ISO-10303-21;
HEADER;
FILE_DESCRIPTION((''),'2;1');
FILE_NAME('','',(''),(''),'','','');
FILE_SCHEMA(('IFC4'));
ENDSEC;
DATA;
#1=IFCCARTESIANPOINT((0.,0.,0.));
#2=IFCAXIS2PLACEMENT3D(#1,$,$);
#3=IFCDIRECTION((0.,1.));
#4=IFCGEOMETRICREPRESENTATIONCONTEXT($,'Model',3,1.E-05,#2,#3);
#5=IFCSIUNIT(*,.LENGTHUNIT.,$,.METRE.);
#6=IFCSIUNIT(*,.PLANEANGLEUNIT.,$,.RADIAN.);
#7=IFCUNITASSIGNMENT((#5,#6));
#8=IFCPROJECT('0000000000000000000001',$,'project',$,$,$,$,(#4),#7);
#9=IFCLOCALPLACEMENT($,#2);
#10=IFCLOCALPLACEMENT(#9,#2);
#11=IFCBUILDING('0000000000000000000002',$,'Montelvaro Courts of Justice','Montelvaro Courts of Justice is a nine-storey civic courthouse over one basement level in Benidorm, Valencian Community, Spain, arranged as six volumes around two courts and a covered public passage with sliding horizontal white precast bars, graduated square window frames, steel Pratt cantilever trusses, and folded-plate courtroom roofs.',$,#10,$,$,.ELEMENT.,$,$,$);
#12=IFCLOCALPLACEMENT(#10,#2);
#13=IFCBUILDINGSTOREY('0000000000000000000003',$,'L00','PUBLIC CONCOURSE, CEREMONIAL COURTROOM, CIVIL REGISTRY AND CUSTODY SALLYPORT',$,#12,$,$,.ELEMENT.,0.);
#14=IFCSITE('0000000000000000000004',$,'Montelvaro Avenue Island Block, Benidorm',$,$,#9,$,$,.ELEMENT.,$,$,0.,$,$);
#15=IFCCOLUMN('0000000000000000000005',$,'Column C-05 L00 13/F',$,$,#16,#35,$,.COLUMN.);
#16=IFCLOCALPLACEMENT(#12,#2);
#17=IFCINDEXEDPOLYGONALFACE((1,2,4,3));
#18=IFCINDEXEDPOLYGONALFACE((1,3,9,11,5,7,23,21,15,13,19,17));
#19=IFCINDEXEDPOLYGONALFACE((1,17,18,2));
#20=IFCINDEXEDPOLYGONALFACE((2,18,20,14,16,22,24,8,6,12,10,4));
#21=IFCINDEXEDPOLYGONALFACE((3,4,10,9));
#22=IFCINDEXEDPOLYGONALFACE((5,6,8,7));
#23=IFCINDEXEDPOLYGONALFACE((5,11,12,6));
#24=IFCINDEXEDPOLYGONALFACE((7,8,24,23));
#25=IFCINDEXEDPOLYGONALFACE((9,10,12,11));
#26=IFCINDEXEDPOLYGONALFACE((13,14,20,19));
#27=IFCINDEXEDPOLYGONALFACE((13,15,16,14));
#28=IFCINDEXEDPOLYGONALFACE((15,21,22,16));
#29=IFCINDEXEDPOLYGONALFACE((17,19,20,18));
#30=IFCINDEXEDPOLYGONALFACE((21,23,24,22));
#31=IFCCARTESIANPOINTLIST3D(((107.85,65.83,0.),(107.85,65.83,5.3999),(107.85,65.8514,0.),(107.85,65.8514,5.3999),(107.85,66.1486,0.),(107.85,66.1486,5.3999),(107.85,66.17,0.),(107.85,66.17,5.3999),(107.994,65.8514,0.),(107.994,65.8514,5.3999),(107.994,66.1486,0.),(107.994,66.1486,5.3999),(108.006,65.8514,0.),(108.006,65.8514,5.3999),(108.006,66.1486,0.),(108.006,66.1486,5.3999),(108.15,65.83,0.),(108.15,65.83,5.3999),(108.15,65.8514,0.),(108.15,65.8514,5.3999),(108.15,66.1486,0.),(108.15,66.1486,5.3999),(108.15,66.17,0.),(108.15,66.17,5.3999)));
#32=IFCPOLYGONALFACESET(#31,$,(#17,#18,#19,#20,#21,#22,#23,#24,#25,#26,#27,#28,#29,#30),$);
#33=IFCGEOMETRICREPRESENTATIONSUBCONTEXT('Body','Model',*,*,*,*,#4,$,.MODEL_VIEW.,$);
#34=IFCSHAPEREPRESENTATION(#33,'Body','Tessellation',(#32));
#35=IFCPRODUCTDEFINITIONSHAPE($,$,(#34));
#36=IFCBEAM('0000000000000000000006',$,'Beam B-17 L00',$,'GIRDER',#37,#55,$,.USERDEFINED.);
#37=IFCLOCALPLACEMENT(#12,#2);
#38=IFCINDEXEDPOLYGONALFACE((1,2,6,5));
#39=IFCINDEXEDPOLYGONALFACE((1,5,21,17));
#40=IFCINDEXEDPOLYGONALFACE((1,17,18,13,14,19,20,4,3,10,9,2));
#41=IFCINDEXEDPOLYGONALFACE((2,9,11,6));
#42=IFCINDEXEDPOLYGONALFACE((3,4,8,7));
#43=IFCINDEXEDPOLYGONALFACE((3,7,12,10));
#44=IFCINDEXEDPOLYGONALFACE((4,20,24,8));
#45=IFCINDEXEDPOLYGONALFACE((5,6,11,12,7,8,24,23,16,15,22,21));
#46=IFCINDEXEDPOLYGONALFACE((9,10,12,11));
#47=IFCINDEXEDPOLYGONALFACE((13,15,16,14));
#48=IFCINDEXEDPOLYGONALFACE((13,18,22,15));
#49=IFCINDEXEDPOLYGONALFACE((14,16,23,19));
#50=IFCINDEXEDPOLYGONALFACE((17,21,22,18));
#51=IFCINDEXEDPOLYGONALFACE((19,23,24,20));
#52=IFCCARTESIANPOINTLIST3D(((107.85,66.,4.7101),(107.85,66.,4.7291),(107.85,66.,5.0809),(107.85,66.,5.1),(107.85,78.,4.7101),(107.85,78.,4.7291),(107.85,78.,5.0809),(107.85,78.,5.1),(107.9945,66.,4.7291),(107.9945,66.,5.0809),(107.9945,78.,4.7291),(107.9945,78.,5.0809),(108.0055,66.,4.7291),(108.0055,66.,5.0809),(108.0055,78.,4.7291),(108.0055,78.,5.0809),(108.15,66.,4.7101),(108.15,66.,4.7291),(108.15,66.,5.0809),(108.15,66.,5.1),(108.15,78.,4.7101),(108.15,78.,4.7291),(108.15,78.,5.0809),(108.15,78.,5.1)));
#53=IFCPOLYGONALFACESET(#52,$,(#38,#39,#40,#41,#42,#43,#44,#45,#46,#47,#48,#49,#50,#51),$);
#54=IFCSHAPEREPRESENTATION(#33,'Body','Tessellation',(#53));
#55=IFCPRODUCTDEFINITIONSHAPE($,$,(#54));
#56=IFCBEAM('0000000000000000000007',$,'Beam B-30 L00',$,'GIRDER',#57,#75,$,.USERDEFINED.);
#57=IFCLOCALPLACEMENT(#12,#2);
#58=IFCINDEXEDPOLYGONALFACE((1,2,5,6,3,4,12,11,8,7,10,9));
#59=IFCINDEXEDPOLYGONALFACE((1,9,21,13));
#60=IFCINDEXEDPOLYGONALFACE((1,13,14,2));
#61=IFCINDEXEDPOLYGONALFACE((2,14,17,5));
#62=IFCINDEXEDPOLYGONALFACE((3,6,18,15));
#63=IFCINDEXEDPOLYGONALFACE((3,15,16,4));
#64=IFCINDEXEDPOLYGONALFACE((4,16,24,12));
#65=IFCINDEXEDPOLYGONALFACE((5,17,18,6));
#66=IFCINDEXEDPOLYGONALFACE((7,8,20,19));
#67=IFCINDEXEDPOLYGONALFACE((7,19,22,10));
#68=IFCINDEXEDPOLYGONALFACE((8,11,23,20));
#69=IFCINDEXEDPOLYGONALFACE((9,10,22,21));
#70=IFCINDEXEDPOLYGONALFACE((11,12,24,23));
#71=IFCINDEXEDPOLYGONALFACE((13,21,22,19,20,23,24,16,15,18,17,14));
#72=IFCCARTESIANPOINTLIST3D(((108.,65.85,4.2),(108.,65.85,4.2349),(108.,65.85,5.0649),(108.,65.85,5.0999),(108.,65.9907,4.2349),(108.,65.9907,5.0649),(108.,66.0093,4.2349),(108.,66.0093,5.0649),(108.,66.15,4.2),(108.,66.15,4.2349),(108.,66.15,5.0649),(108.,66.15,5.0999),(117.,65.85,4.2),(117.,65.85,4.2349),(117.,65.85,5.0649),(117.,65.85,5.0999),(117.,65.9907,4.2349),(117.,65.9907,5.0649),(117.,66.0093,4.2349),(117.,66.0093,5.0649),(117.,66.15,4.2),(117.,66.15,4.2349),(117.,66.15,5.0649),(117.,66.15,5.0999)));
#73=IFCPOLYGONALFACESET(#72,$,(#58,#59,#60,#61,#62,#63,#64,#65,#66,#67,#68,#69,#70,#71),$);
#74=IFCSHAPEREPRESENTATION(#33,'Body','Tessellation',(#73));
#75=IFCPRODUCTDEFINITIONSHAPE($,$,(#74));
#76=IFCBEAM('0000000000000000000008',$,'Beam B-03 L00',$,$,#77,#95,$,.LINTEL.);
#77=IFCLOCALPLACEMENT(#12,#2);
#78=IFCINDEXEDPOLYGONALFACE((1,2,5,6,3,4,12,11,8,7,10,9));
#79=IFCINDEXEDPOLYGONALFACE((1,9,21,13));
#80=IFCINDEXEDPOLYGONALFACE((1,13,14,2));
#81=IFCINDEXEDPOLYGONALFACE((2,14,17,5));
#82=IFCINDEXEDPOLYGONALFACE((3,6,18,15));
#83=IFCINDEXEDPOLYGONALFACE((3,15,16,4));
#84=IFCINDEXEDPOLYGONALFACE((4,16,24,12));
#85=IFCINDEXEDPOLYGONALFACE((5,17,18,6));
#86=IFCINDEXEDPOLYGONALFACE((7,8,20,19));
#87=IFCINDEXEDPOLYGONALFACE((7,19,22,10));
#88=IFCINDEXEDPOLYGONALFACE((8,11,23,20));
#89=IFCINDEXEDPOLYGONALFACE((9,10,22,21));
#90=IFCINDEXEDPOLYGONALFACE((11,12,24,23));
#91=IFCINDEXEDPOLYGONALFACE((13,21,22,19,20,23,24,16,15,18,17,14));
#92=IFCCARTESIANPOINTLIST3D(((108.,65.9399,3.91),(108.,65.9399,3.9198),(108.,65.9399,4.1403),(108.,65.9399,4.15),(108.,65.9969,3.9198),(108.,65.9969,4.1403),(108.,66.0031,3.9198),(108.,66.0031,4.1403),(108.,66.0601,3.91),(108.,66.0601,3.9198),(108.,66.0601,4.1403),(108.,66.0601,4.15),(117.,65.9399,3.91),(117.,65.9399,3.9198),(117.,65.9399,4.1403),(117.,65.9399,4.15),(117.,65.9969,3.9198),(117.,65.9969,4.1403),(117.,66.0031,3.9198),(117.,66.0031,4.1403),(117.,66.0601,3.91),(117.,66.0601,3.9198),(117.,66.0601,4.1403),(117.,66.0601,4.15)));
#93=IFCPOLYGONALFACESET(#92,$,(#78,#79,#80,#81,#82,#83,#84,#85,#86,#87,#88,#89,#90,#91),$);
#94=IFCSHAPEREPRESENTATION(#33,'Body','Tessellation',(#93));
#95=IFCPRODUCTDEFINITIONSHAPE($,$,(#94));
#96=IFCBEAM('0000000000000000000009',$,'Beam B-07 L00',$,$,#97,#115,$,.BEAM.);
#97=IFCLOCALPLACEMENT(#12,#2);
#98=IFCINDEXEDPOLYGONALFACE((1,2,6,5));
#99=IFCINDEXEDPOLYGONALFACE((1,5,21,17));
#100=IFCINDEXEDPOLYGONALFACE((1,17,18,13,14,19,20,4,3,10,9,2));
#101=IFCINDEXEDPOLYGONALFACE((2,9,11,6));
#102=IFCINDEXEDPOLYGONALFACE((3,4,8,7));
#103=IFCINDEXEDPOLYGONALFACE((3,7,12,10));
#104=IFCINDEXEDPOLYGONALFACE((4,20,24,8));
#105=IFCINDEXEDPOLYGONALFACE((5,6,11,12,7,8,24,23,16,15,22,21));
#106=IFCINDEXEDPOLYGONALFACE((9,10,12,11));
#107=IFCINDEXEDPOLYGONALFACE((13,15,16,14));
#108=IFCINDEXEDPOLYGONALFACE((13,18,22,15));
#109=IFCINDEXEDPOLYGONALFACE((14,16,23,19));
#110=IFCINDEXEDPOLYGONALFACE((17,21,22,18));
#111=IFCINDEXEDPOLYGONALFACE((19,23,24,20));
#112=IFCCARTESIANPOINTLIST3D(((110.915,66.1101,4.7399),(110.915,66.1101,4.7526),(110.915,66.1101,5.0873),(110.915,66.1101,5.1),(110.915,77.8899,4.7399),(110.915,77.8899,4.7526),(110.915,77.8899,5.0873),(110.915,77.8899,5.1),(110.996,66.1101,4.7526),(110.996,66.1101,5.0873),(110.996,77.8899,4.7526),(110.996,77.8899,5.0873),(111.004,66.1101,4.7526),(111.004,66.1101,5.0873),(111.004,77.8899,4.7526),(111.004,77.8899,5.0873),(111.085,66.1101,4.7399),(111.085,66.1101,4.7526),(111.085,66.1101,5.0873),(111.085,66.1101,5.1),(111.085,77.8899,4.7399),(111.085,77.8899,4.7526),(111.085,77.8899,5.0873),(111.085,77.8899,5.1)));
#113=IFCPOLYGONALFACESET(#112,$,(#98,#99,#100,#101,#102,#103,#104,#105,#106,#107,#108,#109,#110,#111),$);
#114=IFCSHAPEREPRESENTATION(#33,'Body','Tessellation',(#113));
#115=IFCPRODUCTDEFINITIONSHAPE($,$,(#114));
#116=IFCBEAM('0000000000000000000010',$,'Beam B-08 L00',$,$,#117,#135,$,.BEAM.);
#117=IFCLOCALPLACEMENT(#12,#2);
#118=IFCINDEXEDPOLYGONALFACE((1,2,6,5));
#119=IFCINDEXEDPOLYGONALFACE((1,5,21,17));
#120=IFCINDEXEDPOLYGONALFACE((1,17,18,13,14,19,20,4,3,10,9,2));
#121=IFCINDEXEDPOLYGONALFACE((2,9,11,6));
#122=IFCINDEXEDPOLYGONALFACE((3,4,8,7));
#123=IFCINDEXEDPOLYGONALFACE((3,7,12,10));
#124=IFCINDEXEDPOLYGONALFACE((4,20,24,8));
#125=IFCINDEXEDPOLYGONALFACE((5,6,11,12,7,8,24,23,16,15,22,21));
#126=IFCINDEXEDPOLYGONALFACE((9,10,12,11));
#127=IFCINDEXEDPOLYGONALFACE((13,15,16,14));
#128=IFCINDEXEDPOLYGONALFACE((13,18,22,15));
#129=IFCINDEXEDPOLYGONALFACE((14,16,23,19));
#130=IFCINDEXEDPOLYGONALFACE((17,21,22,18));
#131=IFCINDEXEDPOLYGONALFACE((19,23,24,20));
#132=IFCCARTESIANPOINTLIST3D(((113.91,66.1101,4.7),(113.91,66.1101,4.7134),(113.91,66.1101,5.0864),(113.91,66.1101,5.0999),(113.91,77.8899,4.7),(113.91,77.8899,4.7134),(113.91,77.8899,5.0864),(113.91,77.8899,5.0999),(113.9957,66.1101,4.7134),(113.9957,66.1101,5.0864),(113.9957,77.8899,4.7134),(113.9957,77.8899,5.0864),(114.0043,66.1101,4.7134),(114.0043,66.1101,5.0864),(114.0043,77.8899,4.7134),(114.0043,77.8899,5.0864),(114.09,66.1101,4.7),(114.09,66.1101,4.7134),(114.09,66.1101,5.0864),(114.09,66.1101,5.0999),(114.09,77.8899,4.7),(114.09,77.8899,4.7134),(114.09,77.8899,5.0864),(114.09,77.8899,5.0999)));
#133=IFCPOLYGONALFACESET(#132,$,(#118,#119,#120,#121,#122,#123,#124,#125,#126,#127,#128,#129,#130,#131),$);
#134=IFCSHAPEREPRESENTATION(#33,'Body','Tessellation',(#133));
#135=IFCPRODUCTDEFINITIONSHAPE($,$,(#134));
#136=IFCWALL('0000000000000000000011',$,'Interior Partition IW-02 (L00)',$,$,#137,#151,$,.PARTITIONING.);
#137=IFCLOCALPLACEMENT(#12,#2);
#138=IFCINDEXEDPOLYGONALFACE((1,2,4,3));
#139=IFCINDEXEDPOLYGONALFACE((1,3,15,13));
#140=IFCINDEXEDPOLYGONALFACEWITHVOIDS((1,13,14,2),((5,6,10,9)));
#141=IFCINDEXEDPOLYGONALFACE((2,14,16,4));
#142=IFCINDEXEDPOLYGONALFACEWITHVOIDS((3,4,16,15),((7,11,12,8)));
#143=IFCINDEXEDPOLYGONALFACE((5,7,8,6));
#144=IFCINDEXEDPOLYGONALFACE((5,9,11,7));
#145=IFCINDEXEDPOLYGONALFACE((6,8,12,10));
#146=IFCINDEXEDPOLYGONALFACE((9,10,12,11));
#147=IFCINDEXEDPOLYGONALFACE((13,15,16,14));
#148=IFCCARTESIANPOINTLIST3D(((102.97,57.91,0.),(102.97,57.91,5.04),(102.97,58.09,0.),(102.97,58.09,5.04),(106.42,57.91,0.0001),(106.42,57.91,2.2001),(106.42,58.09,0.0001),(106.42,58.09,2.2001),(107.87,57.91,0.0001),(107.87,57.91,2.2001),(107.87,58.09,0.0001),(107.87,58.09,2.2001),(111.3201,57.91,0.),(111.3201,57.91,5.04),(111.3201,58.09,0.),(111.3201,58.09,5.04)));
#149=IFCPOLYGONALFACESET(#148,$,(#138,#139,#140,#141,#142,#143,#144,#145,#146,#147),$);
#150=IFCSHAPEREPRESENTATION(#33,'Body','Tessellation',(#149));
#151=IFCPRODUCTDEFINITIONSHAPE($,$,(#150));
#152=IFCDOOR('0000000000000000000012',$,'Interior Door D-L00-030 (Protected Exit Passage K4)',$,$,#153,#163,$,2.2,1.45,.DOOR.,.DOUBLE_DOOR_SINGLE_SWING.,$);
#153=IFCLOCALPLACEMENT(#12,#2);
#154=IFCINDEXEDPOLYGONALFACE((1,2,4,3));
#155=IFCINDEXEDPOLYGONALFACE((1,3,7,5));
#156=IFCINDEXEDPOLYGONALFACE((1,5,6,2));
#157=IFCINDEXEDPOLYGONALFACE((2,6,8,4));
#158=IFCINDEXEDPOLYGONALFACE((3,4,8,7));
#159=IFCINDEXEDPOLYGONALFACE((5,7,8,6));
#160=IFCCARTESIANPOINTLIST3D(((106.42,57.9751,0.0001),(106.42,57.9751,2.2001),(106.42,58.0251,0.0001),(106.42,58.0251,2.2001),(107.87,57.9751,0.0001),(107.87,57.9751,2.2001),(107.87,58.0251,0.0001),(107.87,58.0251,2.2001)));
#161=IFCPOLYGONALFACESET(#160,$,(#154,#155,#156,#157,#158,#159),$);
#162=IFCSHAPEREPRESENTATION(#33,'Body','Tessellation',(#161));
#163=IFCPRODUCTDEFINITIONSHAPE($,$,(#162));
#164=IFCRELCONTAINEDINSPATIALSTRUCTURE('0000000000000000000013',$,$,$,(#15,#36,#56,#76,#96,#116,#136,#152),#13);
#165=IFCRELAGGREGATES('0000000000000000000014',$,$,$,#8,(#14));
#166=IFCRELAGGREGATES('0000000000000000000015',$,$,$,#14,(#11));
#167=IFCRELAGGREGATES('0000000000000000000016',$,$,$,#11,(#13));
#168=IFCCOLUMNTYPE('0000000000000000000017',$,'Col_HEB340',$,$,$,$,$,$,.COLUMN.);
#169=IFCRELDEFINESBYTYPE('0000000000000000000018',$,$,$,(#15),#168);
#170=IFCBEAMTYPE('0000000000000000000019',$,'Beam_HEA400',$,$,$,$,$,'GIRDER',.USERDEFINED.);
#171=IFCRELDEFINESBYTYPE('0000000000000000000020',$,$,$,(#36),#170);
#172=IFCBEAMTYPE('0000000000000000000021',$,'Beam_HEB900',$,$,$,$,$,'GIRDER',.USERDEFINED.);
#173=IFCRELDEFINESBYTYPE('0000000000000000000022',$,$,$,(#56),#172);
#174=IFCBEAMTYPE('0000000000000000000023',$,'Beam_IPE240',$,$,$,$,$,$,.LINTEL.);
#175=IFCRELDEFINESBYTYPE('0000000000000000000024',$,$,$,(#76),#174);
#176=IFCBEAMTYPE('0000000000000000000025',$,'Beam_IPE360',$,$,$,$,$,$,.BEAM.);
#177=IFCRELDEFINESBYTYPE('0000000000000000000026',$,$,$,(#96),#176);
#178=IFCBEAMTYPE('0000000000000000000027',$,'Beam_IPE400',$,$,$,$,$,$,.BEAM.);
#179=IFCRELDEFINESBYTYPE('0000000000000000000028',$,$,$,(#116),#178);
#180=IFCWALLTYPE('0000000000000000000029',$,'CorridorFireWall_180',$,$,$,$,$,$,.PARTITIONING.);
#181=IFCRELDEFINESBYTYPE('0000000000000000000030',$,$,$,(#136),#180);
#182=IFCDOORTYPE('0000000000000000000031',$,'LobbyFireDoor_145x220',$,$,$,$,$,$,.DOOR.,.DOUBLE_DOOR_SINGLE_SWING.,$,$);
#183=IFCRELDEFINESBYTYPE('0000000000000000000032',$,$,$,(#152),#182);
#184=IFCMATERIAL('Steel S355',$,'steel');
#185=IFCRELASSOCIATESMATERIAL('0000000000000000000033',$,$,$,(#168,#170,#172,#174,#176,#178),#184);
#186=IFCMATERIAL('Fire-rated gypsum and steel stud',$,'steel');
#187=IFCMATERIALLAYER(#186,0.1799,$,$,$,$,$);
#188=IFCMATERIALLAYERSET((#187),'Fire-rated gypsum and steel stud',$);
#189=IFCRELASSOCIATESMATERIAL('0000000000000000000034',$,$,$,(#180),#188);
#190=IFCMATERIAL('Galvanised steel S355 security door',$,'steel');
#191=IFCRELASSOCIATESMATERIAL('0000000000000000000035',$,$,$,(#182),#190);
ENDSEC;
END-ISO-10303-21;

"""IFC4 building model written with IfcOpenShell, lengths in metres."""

from ifc_helpers import new_model, si_unit, direction, frame, frame_2d, origin, origin_2d, place, context, subcontext, project, spatial, rectangle, i_section, extrude, material, layer, layer_set, material_profile, profile_set, type_object, element, fill, save


model = new_model("IFC4")

# Units and contexts
model_context = context("Model", 3, precision=1e-05, world=origin(), true_north=direction((0.0, 1.0)))
body_context = subcontext(model_context, "Body", "Model", "MODEL_VIEW")
ifc_project = project(units=[si_unit("LENGTHUNIT", "METRE"), si_unit("PLANEANGLEUNIT", "RADIAN")], contexts=[model_context])

# Site, building, storey
site_placement = place(None, origin())
site = spatial("IfcSite", under=ifc_project, at=site_placement, Name="Montelvaro Avenue Island Block, Benidorm", CompositionType="ELEMENT", RefElevation=0.0)
building_placement = place(site_placement, origin())
building = spatial("IfcBuilding", under=site, at=building_placement, Name="Montelvaro Courts of Justice", Description="Montelvaro Courts of Justice is a nine-storey civic courthouse over one basement level in Benidorm, Valencian Community, Spain, arranged as six volumes around two courts and a covered public passage with sliding horizontal white precast bars, graduated square window frames, steel Pratt cantilever trusses, and folded-plate courtroom roofs.", CompositionType="ELEMENT")
storey_placement = place(building_placement, origin())
storey = spatial("IfcBuildingStorey", under=building, at=storey_placement, Name="L00", Description="PUBLIC CONCOURSE, CEREMONIAL COURTROOM, CIVIL REGISTRY AND CUSTODY SALLYPORT", CompositionType="ELEMENT", Elevation=0.0)

# Column
ifc_material_1 = material(Name="Steel S355", Category="steel")
ifc_material_profile_1 = material_profile(ifc_material_1, i_section(OverallWidth=0.3, OverallDepth=0.3401, WebThickness=0.012, FlangeThickness=0.0215, at=origin_2d()), Name="HEB 340")
ifc_profile_set_1 = profile_set([ifc_material_profile_1], Name="Steel S355")
column_type = type_object("IfcColumnType", Name="Col_HEB340", PredefinedType="COLUMN", material=ifc_profile_set_1)
column_placement = place(storey_placement, frame((108.0, 66.0, 0.0), z_axis=(0.0, 0.0, 1.0), x_axis=(1.0, 0.0, 0.0)))
element("IfcColumn", 1, at=column_placement, inside=storey, type_object=column_type, Name="Column C-05 L00 13/F", PredefinedType="COLUMN", context=body_context, shape_type="SweptSolid", body=[
    extrude(i_section(OverallWidth=0.3, OverallDepth=0.3401, WebThickness=0.012, FlangeThickness=0.0215, at=origin_2d()), origin(), (0.0, 0.0, 1.0), 5.3999),
])

# Beams
ifc_material_profile_2 = material_profile(ifc_material_1, i_section(OverallWidth=0.3, OverallDepth=0.3899, WebThickness=0.011, FlangeThickness=0.019, at=origin_2d()), Name="HEA 400")
ifc_profile_set_2 = profile_set([ifc_material_profile_2], Name="Steel S355")
beam_type_1 = type_object("IfcBeamType", Name="Beam_HEA400", ElementType="GIRDER", PredefinedType="USERDEFINED", material=ifc_profile_set_2)
beam_1_placement = place(storey_placement, frame((108.0, 66.0, 4.905), z_axis=(0.0, 1.0, 0.0), x_axis=(-1.0, 0.0, 0.0)))
element("IfcBeam", 2, at=beam_1_placement, inside=storey, type_object=beam_type_1, Name="Beam B-17 L00", ObjectType="GIRDER", PredefinedType="USERDEFINED", context=body_context, shape_type="SweptSolid", body=[
    extrude(i_section(OverallWidth=0.3, OverallDepth=0.3899, WebThickness=0.011, FlangeThickness=0.019, at=origin_2d()), origin(), (0.0, 0.0, 1.0), 12.0),
])
ifc_material_profile_3 = material_profile(ifc_material_1, i_section(OverallWidth=0.3, OverallDepth=0.8999, WebThickness=0.0186, FlangeThickness=0.0349, at=origin_2d()), Name="HEB 900")
ifc_profile_set_3 = profile_set([ifc_material_profile_3], Name="Steel S355")
beam_type_2 = type_object("IfcBeamType", Name="Beam_HEB900", ElementType="GIRDER", PredefinedType="USERDEFINED", material=ifc_profile_set_3)
beam_2_placement = place(storey_placement, frame((108.0, 66.0, 4.6499), z_axis=(1.0, 0.0, 0.0), x_axis=(0.0, 1.0, 0.0)))
element("IfcBeam", 3, at=beam_2_placement, inside=storey, type_object=beam_type_2, Name="Beam B-30 L00", ObjectType="GIRDER", PredefinedType="USERDEFINED", context=body_context, shape_type="SweptSolid", body=[
    extrude(i_section(OverallWidth=0.3, OverallDepth=0.8999, WebThickness=0.0186, FlangeThickness=0.0349, at=origin_2d()), origin(), (0.0, 0.0, 1.0), 9.0),
])
ifc_material_profile_4 = material_profile(ifc_material_1, i_section(OverallWidth=0.1201, OverallDepth=0.24, WebThickness=0.0061, FlangeThickness=0.0098, at=origin_2d()), Name="IPE 240")
ifc_profile_set_4 = profile_set([ifc_material_profile_4], Name="Steel S355")
beam_type_3 = type_object("IfcBeamType", Name="Beam_IPE240", PredefinedType="LINTEL", material=ifc_profile_set_4)
beam_3_placement = place(storey_placement, frame((108.0, 66.0, 4.03), z_axis=(1.0, 0.0, 0.0), x_axis=(0.0, 1.0, 0.0)))
element("IfcBeam", 4, at=beam_3_placement, inside=storey, type_object=beam_type_3, Name="Beam B-03 L00", PredefinedType="LINTEL", context=body_context, shape_type="SweptSolid", body=[
    extrude(i_section(OverallWidth=0.1201, OverallDepth=0.24, WebThickness=0.0061, FlangeThickness=0.0098, at=origin_2d()), origin(), (0.0, 0.0, 1.0), 9.0),
])
ifc_material_profile_5 = material_profile(ifc_material_1, i_section(OverallWidth=0.1699, OverallDepth=0.3601, WebThickness=0.0081, FlangeThickness=0.0127, at=origin_2d()), Name="IPE 360")
ifc_profile_set_5 = profile_set([ifc_material_profile_5], Name="Steel S355")
beam_type_4 = type_object("IfcBeamType", Name="Beam_IPE360", PredefinedType="BEAM", material=ifc_profile_set_5)
beam_4_placement = place(storey_placement, frame((111.0, 66.1101, 4.9199), z_axis=(0.0, 1.0, 0.0), x_axis=(-1.0, 0.0, 0.0)))
element("IfcBeam", 5, at=beam_4_placement, inside=storey, type_object=beam_type_4, Name="Beam B-07 L00", PredefinedType="BEAM", context=body_context, shape_type="SweptSolid", body=[
    extrude(i_section(OverallWidth=0.1699, OverallDepth=0.3601, WebThickness=0.0081, FlangeThickness=0.0127, at=origin_2d()), origin(), (0.0, 0.0, 1.0), 11.7798),
])
ifc_material_profile_6 = material_profile(ifc_material_1, i_section(OverallWidth=0.1799, OverallDepth=0.3999, WebThickness=0.0085, FlangeThickness=0.0134, at=origin_2d()), Name="IPE 400")
ifc_profile_set_6 = profile_set([ifc_material_profile_6], Name="Steel S355")
beam_type_5 = type_object("IfcBeamType", Name="Beam_IPE400", PredefinedType="BEAM", material=ifc_profile_set_6)
beam_5_placement = place(storey_placement, frame((114.0, 66.1101, 4.8999), z_axis=(0.0, 1.0, 0.0), x_axis=(-1.0, 0.0, 0.0)))
element("IfcBeam", 6, at=beam_5_placement, inside=storey, type_object=beam_type_5, Name="Beam B-08 L00", PredefinedType="BEAM", context=body_context, shape_type="SweptSolid", body=[
    extrude(i_section(OverallWidth=0.1799, OverallDepth=0.3999, WebThickness=0.0085, FlangeThickness=0.0134, at=origin_2d()), origin(), (0.0, 0.0, 1.0), 11.7798),
])

# Wall, opening, door
ifc_material_2 = material(Name="Fire-rated gypsum and steel stud", Category="steel")
ifc_layer_1 = layer(ifc_material_2, 0.1799)
ifc_layer_set_1 = layer_set([ifc_layer_1], Name="Fire-rated gypsum and steel stud")
wall_type_1 = type_object("IfcWallType", Name="CorridorFireWall_180", PredefinedType="PARTITIONING", material=ifc_layer_set_1)
wall_1_placement = place(storey_placement, frame((111.3201, 58.0, 0.0), z_axis=(0.0, 0.0, 1.0), x_axis=(-1.0, 0.0, 0.0)))
wall_1 = element("IfcWall", 7, at=wall_1_placement, inside=storey, type_object=wall_type_1, Name="Interior Partition IW-02 (L00)", PredefinedType="PARTITIONING", context=body_context, shape_type="SweptSolid", body=[
    extrude(rectangle(XDim=8.3501, YDim=0.1799, at=frame_2d((4.175, 0.0))), origin(), (0.0, 0.0, 1.0), 5.04),
])
opening_1_placement = place(wall_1_placement, frame((3.45, 0.0, 0.0)))
opening_1 = element("IfcOpeningElement", 8, at=opening_1_placement, cuts=wall_1, PredefinedType="OPENING", context=body_context, shape_type="SweptSolid", body=[
    extrude(rectangle(XDim=1.45, YDim=2.2, at=frame_2d((0.7251, 1.1001))), frame((0.0, 0.105, 0.0), z_axis=(0.0, -1.0, 0.0), x_axis=(1.0, 0.0, 0.0)), (0.0, 0.0, 1.0), 0.2097),
])
ifc_material_3 = material(Name="Galvanised steel S355 security door", Category="steel")
door_type_1 = type_object("IfcDoorType", Name="LobbyFireDoor_145x220", OperationType="DOUBLE_DOOR_SINGLE_SWING", PredefinedType="DOOR", material=ifc_material_3)
door_1_placement = place(opening_1_placement, origin())
door_1 = element("IfcDoor", 9, at=door_1_placement, inside=storey, type_object=door_type_1, Name="Interior Door D-L00-030 (Protected Exit Passage K4)", OperationType="DOUBLE_DOOR_SINGLE_SWING", OverallHeight=2.2, OverallWidth=1.45, PredefinedType="DOOR", context=body_context, shape_type="SweptSolid", body=[
    extrude(rectangle(XDim=1.45, YDim=2.2, at=frame_2d((0.7251, 1.1001))), frame((0.0, 0.0249, 0.0), z_axis=(0.0, -1.0, 0.0), x_axis=(1.0, 0.0, 0.0)), (0.0, 0.0, 1.0), 0.05),
])
fill(opening_1, door_1)

save(model, "model.ifc")
